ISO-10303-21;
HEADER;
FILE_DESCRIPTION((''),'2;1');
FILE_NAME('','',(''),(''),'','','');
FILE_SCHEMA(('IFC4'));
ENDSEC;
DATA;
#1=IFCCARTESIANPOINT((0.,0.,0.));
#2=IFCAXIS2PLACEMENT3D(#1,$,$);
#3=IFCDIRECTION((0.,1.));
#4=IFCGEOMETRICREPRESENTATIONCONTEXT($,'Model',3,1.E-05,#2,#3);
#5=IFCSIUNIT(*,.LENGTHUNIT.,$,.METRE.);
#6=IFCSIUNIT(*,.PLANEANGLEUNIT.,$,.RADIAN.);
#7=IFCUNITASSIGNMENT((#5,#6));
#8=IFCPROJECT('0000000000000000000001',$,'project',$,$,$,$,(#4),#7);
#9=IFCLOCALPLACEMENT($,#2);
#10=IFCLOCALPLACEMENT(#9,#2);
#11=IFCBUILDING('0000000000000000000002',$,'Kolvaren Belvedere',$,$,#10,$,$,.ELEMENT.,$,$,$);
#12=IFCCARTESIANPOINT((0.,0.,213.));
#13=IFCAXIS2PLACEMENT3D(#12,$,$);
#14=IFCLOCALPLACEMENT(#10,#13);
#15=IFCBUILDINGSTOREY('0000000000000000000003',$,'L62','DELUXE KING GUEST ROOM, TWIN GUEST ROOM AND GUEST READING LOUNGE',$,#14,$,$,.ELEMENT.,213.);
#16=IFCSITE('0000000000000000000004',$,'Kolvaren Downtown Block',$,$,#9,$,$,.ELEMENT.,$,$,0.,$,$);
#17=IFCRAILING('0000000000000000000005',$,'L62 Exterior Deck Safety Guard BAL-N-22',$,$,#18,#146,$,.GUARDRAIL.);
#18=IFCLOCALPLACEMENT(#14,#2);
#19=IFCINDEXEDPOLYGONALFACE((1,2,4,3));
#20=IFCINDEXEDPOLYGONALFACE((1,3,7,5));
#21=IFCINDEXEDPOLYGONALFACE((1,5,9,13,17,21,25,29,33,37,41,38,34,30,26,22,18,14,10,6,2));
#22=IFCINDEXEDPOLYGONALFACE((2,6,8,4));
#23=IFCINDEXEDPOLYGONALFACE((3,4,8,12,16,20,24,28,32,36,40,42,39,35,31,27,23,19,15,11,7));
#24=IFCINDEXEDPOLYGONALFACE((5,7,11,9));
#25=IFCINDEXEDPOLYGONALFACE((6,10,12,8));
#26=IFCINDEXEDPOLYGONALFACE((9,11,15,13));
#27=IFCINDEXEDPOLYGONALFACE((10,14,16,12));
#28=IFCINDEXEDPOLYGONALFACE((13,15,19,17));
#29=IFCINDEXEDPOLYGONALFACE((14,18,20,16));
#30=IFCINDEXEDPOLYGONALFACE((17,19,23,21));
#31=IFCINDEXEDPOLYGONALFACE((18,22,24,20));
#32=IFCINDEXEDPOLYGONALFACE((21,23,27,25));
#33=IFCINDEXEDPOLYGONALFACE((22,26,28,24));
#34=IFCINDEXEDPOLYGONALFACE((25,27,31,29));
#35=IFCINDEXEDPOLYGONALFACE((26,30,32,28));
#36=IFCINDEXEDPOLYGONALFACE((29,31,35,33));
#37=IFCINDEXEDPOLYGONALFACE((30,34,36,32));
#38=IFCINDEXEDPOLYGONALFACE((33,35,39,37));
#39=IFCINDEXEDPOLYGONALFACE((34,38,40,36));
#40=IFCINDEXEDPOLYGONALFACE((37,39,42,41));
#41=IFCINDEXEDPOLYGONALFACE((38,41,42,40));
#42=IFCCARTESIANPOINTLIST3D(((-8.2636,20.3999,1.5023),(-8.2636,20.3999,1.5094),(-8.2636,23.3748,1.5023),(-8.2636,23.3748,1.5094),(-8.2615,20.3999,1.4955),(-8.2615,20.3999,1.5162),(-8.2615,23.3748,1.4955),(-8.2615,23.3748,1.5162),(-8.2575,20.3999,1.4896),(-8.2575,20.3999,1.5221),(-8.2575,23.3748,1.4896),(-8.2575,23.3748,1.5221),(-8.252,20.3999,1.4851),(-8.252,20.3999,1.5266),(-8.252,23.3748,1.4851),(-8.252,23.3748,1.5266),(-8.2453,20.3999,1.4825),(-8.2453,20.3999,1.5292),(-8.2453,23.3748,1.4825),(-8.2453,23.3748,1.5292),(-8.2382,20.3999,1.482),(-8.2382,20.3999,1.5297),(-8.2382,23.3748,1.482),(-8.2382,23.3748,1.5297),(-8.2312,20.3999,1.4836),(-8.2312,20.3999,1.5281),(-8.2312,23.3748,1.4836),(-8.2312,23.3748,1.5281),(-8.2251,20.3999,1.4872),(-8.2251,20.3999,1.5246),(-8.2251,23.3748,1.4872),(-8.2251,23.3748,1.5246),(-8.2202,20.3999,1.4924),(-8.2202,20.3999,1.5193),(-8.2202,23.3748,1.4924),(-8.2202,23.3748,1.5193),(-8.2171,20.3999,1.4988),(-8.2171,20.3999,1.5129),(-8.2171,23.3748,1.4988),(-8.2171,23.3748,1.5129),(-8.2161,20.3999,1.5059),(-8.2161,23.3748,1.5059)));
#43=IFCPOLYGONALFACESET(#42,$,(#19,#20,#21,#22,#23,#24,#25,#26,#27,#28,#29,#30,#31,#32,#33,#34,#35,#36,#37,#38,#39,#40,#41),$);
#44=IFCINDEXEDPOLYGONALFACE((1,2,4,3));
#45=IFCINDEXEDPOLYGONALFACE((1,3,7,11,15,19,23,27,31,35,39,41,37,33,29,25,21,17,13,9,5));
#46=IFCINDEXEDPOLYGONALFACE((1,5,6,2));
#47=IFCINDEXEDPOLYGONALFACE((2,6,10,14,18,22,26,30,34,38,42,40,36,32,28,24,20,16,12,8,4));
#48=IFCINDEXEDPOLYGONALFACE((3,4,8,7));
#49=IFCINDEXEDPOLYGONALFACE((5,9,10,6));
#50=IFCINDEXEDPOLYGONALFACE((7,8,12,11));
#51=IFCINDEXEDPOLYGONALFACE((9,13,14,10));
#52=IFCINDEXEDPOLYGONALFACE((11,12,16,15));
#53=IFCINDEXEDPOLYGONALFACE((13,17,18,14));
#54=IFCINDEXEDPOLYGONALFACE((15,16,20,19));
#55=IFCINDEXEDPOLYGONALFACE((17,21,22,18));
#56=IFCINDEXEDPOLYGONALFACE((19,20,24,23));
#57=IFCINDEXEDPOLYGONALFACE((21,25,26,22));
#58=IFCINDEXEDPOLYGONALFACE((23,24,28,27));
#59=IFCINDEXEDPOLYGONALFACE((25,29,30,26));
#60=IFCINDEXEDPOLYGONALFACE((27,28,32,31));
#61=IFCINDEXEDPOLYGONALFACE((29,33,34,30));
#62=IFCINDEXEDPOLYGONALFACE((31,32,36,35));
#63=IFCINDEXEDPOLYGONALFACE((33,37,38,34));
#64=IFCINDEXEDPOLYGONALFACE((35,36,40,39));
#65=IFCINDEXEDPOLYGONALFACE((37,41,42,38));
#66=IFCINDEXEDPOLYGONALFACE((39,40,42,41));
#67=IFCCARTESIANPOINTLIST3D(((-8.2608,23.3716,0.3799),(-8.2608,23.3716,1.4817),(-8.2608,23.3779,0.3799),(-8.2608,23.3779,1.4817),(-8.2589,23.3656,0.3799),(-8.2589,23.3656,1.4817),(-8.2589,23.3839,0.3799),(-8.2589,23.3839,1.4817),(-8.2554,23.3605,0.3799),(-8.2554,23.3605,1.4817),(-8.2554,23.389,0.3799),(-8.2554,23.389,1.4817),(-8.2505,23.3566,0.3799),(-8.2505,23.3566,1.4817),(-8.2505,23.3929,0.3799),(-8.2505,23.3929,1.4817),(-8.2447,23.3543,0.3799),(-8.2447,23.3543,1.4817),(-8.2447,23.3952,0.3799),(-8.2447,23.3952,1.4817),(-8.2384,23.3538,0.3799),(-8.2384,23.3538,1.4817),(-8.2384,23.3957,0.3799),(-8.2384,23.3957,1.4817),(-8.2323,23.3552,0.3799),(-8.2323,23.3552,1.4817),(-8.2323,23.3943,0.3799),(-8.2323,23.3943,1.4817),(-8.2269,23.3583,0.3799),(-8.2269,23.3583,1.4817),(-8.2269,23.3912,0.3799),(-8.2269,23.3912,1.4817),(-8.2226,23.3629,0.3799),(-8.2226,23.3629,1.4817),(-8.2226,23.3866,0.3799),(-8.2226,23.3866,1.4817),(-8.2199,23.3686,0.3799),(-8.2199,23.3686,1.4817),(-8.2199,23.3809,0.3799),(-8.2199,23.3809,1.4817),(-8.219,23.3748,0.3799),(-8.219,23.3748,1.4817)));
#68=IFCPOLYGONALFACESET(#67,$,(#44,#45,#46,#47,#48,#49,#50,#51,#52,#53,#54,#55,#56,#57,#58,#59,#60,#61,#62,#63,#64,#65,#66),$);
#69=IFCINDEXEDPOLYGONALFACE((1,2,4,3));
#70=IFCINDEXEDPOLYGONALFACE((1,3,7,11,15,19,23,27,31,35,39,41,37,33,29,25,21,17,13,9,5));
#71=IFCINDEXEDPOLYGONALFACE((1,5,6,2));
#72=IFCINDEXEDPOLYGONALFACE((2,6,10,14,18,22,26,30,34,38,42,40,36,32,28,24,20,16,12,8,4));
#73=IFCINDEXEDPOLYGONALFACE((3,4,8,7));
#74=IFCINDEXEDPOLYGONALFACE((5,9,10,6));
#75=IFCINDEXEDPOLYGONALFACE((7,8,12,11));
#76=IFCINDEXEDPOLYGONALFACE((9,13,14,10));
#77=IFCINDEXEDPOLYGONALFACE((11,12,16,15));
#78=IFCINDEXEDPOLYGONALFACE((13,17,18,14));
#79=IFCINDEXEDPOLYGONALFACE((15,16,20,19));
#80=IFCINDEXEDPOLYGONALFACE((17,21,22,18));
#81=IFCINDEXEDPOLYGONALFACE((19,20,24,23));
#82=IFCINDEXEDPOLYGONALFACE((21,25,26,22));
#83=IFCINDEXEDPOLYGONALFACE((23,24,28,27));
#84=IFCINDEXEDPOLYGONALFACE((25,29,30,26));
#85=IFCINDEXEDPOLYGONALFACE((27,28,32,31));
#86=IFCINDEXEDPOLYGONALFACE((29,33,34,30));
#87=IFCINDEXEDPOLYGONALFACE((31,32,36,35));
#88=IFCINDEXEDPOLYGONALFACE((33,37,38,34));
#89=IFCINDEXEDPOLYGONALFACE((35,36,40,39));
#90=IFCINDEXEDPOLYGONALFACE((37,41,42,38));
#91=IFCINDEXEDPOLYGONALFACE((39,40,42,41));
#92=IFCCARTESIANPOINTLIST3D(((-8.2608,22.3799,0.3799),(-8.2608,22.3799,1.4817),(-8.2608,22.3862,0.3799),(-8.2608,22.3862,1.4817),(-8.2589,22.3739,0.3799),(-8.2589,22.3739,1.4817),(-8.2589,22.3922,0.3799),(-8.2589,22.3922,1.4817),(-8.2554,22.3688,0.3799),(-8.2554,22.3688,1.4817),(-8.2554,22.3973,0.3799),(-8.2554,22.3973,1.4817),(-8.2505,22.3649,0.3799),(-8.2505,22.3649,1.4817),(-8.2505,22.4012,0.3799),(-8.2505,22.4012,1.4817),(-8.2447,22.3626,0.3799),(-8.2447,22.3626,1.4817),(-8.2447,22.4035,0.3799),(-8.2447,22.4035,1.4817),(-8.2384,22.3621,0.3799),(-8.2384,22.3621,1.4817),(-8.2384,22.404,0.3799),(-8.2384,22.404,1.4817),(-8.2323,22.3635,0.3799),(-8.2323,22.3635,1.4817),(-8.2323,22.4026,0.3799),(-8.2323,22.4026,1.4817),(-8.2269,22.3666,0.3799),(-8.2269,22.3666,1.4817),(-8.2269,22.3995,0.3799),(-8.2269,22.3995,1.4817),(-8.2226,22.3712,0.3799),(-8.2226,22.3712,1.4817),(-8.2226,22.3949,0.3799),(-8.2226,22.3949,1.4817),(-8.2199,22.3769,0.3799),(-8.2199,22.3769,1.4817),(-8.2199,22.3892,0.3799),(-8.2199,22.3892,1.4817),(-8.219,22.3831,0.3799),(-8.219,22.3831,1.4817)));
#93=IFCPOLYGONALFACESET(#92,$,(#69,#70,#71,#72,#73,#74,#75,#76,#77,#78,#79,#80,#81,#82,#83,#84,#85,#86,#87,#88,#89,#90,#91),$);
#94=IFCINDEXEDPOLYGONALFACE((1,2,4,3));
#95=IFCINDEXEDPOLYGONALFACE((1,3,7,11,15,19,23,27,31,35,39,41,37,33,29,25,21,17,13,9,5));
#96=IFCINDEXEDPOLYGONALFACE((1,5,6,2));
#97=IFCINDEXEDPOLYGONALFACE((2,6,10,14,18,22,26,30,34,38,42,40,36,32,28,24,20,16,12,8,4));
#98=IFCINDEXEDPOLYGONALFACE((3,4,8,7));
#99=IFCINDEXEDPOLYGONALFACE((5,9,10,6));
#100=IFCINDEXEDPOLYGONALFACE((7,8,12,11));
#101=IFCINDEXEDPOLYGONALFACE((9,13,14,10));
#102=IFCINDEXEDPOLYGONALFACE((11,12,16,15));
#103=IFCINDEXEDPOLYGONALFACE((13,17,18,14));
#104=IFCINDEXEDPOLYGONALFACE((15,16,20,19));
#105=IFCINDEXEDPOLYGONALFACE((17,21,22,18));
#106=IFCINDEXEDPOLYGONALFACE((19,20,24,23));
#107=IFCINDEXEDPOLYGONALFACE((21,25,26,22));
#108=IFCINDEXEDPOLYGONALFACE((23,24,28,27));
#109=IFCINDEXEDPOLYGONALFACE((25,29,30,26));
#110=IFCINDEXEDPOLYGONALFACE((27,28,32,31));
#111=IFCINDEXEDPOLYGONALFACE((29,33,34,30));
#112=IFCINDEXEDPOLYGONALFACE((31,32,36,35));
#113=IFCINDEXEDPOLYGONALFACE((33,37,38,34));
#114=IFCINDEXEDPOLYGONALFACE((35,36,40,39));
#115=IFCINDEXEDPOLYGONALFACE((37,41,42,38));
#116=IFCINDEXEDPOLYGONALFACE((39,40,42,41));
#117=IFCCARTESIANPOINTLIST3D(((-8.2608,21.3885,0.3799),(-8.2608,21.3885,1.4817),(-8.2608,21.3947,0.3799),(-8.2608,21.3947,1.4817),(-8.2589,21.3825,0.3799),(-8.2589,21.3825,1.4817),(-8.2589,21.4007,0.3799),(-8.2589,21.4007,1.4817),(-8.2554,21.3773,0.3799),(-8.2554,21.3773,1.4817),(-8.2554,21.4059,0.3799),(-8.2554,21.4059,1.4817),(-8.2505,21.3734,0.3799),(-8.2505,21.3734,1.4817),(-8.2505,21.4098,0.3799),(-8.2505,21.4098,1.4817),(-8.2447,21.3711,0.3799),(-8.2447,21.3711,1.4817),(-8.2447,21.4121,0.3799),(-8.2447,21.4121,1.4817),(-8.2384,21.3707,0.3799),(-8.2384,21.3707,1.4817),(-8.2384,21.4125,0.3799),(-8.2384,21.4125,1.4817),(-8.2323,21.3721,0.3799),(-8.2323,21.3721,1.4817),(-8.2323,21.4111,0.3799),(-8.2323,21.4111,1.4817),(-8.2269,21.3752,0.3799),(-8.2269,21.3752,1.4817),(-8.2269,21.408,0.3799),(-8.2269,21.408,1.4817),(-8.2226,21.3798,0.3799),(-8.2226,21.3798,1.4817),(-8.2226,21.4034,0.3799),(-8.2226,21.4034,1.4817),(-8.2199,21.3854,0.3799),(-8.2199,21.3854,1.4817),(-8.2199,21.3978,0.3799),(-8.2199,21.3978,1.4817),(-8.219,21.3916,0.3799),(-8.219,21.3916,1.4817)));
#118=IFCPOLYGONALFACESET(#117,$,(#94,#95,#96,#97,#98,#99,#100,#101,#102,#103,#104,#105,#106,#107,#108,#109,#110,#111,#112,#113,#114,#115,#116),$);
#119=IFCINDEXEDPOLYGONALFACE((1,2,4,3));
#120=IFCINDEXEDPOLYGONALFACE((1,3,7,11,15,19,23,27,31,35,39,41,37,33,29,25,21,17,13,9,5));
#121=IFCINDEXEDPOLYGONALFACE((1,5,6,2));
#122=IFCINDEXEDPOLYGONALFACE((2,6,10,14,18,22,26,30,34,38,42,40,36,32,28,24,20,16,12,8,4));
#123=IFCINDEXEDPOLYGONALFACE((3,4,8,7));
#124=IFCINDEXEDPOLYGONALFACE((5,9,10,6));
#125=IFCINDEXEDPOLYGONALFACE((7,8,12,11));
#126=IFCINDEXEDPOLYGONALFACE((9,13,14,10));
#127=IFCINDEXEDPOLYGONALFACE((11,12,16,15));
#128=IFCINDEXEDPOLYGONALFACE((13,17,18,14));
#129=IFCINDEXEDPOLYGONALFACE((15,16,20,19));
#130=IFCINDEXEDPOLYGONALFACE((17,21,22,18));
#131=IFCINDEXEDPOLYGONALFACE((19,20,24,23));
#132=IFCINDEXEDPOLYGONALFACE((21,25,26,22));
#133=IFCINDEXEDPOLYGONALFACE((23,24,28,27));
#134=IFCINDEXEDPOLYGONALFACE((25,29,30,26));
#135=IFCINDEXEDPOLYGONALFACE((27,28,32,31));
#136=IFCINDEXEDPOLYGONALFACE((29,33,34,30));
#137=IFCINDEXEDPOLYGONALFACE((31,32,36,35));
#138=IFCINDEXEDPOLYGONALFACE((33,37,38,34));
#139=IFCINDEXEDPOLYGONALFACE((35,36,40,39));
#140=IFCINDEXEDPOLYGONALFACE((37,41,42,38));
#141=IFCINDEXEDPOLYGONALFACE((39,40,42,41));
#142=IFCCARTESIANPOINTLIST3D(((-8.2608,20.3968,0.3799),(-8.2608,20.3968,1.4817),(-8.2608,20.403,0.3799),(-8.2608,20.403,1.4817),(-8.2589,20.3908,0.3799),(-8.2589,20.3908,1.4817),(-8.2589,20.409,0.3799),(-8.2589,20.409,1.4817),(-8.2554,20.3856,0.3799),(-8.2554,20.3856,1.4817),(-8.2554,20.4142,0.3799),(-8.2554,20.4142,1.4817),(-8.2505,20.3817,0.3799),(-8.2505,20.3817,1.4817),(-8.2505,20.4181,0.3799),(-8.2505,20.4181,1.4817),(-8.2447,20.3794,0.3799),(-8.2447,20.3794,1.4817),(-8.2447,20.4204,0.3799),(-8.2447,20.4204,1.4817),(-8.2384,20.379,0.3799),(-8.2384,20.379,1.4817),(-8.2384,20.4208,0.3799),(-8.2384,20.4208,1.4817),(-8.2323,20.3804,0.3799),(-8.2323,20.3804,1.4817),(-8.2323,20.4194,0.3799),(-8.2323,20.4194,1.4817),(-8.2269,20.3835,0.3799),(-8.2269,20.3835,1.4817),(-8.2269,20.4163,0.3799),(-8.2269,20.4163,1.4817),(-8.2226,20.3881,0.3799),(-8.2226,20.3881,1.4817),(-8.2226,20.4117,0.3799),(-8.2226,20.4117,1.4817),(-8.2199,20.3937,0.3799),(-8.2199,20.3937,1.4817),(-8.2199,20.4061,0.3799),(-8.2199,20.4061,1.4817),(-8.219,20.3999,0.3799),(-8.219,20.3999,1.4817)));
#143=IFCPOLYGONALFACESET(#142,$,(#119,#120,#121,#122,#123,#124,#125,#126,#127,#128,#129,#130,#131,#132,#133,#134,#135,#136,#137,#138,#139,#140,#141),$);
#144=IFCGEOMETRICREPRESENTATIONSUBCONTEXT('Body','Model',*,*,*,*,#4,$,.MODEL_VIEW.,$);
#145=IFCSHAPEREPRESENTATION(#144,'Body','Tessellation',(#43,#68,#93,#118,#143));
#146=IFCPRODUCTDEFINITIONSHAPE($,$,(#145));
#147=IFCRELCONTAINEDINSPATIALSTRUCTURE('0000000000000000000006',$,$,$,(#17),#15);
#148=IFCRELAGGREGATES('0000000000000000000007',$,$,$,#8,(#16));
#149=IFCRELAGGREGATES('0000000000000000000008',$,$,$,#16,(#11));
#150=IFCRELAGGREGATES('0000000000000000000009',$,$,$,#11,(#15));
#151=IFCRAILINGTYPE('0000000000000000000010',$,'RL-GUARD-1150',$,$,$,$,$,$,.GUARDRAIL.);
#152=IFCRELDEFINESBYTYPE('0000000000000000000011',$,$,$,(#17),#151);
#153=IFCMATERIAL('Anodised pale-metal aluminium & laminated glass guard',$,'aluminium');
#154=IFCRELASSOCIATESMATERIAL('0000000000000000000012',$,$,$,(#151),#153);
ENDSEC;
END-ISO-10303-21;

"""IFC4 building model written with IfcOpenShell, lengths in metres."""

from ifc_helpers import new_model, si_unit, direction, frame, origin, origin_2d, place, context, subcontext, project, spatial, circle, extrude, material, type_object, element, save


model = new_model("IFC4")

# Units and contexts
model_context = context("Model", 3, precision=1e-05, world=origin(), true_north=direction((0.0, 1.0)))
body_context = subcontext(model_context, "Body", "Model", "MODEL_VIEW")
ifc_project = project(units=[si_unit("LENGTHUNIT", "METRE"), si_unit("PLANEANGLEUNIT", "RADIAN")], contexts=[model_context])

# Site, building, storey
site_placement = place(None, origin())
site = spatial("IfcSite", under=ifc_project, at=site_placement, Name="Kolvaren Downtown Block", CompositionType="ELEMENT", RefElevation=0.0)
building_placement = place(site_placement, origin())
building = spatial("IfcBuilding", under=site, at=building_placement, Name="Kolvaren Belvedere", CompositionType="ELEMENT")
storey_placement = place(building_placement, frame((0.0, 0.0, 213.0)))
storey = spatial("IfcBuildingStorey", under=building, at=storey_placement, Name="L62", Description="DELUXE KING GUEST ROOM, TWIN GUEST ROOM AND GUEST READING LOUNGE", CompositionType="ELEMENT", Elevation=213.0)

# Railing
ifc_material_1 = material(Name="Anodised pale-metal aluminium & laminated glass guard", Category="aluminium")
railing_type = type_object("IfcRailingType", Name="RL-GUARD-1150", PredefinedType="GUARDRAIL", material=ifc_material_1)
railing_placement = place(storey_placement, frame((-8.24, 23.3748, 0.3799)))
element("IfcRailing", 1, at=railing_placement, inside=storey, type_object=railing_type, Name="L62 Exterior Deck Safety Guard BAL-N-22", PredefinedType="GUARDRAIL", context=body_context, shape_type="SweptSolid", body=[
    extrude(circle(Radius=0.0239, at=origin_2d()), frame((0.0, 0.0, 1.126), z_axis=(0.0, -1.0, 0.0), x_axis=(1.0, 0.0, 0.0)), (0.0, 0.0, 1.0), 2.9749),
    extrude(circle(Radius=0.021, at=origin_2d()), origin(), (0.0, 0.0, 1.0), 1.1018),
    extrude(circle(Radius=0.021, at=origin_2d()), frame((0.0, -0.9917, 0.0)), (0.0, 0.0, 1.0), 1.1018),
    extrude(circle(Radius=0.021, at=origin_2d()), frame((0.0, -1.9832, 0.0)), (0.0, 0.0, 1.0), 1.1018),
    extrude(circle(Radius=0.021, at=origin_2d()), frame((0.0, -2.9749, 0.0)), (0.0, 0.0, 1.0), 1.1018),
])

save(model, "model.ifc")
